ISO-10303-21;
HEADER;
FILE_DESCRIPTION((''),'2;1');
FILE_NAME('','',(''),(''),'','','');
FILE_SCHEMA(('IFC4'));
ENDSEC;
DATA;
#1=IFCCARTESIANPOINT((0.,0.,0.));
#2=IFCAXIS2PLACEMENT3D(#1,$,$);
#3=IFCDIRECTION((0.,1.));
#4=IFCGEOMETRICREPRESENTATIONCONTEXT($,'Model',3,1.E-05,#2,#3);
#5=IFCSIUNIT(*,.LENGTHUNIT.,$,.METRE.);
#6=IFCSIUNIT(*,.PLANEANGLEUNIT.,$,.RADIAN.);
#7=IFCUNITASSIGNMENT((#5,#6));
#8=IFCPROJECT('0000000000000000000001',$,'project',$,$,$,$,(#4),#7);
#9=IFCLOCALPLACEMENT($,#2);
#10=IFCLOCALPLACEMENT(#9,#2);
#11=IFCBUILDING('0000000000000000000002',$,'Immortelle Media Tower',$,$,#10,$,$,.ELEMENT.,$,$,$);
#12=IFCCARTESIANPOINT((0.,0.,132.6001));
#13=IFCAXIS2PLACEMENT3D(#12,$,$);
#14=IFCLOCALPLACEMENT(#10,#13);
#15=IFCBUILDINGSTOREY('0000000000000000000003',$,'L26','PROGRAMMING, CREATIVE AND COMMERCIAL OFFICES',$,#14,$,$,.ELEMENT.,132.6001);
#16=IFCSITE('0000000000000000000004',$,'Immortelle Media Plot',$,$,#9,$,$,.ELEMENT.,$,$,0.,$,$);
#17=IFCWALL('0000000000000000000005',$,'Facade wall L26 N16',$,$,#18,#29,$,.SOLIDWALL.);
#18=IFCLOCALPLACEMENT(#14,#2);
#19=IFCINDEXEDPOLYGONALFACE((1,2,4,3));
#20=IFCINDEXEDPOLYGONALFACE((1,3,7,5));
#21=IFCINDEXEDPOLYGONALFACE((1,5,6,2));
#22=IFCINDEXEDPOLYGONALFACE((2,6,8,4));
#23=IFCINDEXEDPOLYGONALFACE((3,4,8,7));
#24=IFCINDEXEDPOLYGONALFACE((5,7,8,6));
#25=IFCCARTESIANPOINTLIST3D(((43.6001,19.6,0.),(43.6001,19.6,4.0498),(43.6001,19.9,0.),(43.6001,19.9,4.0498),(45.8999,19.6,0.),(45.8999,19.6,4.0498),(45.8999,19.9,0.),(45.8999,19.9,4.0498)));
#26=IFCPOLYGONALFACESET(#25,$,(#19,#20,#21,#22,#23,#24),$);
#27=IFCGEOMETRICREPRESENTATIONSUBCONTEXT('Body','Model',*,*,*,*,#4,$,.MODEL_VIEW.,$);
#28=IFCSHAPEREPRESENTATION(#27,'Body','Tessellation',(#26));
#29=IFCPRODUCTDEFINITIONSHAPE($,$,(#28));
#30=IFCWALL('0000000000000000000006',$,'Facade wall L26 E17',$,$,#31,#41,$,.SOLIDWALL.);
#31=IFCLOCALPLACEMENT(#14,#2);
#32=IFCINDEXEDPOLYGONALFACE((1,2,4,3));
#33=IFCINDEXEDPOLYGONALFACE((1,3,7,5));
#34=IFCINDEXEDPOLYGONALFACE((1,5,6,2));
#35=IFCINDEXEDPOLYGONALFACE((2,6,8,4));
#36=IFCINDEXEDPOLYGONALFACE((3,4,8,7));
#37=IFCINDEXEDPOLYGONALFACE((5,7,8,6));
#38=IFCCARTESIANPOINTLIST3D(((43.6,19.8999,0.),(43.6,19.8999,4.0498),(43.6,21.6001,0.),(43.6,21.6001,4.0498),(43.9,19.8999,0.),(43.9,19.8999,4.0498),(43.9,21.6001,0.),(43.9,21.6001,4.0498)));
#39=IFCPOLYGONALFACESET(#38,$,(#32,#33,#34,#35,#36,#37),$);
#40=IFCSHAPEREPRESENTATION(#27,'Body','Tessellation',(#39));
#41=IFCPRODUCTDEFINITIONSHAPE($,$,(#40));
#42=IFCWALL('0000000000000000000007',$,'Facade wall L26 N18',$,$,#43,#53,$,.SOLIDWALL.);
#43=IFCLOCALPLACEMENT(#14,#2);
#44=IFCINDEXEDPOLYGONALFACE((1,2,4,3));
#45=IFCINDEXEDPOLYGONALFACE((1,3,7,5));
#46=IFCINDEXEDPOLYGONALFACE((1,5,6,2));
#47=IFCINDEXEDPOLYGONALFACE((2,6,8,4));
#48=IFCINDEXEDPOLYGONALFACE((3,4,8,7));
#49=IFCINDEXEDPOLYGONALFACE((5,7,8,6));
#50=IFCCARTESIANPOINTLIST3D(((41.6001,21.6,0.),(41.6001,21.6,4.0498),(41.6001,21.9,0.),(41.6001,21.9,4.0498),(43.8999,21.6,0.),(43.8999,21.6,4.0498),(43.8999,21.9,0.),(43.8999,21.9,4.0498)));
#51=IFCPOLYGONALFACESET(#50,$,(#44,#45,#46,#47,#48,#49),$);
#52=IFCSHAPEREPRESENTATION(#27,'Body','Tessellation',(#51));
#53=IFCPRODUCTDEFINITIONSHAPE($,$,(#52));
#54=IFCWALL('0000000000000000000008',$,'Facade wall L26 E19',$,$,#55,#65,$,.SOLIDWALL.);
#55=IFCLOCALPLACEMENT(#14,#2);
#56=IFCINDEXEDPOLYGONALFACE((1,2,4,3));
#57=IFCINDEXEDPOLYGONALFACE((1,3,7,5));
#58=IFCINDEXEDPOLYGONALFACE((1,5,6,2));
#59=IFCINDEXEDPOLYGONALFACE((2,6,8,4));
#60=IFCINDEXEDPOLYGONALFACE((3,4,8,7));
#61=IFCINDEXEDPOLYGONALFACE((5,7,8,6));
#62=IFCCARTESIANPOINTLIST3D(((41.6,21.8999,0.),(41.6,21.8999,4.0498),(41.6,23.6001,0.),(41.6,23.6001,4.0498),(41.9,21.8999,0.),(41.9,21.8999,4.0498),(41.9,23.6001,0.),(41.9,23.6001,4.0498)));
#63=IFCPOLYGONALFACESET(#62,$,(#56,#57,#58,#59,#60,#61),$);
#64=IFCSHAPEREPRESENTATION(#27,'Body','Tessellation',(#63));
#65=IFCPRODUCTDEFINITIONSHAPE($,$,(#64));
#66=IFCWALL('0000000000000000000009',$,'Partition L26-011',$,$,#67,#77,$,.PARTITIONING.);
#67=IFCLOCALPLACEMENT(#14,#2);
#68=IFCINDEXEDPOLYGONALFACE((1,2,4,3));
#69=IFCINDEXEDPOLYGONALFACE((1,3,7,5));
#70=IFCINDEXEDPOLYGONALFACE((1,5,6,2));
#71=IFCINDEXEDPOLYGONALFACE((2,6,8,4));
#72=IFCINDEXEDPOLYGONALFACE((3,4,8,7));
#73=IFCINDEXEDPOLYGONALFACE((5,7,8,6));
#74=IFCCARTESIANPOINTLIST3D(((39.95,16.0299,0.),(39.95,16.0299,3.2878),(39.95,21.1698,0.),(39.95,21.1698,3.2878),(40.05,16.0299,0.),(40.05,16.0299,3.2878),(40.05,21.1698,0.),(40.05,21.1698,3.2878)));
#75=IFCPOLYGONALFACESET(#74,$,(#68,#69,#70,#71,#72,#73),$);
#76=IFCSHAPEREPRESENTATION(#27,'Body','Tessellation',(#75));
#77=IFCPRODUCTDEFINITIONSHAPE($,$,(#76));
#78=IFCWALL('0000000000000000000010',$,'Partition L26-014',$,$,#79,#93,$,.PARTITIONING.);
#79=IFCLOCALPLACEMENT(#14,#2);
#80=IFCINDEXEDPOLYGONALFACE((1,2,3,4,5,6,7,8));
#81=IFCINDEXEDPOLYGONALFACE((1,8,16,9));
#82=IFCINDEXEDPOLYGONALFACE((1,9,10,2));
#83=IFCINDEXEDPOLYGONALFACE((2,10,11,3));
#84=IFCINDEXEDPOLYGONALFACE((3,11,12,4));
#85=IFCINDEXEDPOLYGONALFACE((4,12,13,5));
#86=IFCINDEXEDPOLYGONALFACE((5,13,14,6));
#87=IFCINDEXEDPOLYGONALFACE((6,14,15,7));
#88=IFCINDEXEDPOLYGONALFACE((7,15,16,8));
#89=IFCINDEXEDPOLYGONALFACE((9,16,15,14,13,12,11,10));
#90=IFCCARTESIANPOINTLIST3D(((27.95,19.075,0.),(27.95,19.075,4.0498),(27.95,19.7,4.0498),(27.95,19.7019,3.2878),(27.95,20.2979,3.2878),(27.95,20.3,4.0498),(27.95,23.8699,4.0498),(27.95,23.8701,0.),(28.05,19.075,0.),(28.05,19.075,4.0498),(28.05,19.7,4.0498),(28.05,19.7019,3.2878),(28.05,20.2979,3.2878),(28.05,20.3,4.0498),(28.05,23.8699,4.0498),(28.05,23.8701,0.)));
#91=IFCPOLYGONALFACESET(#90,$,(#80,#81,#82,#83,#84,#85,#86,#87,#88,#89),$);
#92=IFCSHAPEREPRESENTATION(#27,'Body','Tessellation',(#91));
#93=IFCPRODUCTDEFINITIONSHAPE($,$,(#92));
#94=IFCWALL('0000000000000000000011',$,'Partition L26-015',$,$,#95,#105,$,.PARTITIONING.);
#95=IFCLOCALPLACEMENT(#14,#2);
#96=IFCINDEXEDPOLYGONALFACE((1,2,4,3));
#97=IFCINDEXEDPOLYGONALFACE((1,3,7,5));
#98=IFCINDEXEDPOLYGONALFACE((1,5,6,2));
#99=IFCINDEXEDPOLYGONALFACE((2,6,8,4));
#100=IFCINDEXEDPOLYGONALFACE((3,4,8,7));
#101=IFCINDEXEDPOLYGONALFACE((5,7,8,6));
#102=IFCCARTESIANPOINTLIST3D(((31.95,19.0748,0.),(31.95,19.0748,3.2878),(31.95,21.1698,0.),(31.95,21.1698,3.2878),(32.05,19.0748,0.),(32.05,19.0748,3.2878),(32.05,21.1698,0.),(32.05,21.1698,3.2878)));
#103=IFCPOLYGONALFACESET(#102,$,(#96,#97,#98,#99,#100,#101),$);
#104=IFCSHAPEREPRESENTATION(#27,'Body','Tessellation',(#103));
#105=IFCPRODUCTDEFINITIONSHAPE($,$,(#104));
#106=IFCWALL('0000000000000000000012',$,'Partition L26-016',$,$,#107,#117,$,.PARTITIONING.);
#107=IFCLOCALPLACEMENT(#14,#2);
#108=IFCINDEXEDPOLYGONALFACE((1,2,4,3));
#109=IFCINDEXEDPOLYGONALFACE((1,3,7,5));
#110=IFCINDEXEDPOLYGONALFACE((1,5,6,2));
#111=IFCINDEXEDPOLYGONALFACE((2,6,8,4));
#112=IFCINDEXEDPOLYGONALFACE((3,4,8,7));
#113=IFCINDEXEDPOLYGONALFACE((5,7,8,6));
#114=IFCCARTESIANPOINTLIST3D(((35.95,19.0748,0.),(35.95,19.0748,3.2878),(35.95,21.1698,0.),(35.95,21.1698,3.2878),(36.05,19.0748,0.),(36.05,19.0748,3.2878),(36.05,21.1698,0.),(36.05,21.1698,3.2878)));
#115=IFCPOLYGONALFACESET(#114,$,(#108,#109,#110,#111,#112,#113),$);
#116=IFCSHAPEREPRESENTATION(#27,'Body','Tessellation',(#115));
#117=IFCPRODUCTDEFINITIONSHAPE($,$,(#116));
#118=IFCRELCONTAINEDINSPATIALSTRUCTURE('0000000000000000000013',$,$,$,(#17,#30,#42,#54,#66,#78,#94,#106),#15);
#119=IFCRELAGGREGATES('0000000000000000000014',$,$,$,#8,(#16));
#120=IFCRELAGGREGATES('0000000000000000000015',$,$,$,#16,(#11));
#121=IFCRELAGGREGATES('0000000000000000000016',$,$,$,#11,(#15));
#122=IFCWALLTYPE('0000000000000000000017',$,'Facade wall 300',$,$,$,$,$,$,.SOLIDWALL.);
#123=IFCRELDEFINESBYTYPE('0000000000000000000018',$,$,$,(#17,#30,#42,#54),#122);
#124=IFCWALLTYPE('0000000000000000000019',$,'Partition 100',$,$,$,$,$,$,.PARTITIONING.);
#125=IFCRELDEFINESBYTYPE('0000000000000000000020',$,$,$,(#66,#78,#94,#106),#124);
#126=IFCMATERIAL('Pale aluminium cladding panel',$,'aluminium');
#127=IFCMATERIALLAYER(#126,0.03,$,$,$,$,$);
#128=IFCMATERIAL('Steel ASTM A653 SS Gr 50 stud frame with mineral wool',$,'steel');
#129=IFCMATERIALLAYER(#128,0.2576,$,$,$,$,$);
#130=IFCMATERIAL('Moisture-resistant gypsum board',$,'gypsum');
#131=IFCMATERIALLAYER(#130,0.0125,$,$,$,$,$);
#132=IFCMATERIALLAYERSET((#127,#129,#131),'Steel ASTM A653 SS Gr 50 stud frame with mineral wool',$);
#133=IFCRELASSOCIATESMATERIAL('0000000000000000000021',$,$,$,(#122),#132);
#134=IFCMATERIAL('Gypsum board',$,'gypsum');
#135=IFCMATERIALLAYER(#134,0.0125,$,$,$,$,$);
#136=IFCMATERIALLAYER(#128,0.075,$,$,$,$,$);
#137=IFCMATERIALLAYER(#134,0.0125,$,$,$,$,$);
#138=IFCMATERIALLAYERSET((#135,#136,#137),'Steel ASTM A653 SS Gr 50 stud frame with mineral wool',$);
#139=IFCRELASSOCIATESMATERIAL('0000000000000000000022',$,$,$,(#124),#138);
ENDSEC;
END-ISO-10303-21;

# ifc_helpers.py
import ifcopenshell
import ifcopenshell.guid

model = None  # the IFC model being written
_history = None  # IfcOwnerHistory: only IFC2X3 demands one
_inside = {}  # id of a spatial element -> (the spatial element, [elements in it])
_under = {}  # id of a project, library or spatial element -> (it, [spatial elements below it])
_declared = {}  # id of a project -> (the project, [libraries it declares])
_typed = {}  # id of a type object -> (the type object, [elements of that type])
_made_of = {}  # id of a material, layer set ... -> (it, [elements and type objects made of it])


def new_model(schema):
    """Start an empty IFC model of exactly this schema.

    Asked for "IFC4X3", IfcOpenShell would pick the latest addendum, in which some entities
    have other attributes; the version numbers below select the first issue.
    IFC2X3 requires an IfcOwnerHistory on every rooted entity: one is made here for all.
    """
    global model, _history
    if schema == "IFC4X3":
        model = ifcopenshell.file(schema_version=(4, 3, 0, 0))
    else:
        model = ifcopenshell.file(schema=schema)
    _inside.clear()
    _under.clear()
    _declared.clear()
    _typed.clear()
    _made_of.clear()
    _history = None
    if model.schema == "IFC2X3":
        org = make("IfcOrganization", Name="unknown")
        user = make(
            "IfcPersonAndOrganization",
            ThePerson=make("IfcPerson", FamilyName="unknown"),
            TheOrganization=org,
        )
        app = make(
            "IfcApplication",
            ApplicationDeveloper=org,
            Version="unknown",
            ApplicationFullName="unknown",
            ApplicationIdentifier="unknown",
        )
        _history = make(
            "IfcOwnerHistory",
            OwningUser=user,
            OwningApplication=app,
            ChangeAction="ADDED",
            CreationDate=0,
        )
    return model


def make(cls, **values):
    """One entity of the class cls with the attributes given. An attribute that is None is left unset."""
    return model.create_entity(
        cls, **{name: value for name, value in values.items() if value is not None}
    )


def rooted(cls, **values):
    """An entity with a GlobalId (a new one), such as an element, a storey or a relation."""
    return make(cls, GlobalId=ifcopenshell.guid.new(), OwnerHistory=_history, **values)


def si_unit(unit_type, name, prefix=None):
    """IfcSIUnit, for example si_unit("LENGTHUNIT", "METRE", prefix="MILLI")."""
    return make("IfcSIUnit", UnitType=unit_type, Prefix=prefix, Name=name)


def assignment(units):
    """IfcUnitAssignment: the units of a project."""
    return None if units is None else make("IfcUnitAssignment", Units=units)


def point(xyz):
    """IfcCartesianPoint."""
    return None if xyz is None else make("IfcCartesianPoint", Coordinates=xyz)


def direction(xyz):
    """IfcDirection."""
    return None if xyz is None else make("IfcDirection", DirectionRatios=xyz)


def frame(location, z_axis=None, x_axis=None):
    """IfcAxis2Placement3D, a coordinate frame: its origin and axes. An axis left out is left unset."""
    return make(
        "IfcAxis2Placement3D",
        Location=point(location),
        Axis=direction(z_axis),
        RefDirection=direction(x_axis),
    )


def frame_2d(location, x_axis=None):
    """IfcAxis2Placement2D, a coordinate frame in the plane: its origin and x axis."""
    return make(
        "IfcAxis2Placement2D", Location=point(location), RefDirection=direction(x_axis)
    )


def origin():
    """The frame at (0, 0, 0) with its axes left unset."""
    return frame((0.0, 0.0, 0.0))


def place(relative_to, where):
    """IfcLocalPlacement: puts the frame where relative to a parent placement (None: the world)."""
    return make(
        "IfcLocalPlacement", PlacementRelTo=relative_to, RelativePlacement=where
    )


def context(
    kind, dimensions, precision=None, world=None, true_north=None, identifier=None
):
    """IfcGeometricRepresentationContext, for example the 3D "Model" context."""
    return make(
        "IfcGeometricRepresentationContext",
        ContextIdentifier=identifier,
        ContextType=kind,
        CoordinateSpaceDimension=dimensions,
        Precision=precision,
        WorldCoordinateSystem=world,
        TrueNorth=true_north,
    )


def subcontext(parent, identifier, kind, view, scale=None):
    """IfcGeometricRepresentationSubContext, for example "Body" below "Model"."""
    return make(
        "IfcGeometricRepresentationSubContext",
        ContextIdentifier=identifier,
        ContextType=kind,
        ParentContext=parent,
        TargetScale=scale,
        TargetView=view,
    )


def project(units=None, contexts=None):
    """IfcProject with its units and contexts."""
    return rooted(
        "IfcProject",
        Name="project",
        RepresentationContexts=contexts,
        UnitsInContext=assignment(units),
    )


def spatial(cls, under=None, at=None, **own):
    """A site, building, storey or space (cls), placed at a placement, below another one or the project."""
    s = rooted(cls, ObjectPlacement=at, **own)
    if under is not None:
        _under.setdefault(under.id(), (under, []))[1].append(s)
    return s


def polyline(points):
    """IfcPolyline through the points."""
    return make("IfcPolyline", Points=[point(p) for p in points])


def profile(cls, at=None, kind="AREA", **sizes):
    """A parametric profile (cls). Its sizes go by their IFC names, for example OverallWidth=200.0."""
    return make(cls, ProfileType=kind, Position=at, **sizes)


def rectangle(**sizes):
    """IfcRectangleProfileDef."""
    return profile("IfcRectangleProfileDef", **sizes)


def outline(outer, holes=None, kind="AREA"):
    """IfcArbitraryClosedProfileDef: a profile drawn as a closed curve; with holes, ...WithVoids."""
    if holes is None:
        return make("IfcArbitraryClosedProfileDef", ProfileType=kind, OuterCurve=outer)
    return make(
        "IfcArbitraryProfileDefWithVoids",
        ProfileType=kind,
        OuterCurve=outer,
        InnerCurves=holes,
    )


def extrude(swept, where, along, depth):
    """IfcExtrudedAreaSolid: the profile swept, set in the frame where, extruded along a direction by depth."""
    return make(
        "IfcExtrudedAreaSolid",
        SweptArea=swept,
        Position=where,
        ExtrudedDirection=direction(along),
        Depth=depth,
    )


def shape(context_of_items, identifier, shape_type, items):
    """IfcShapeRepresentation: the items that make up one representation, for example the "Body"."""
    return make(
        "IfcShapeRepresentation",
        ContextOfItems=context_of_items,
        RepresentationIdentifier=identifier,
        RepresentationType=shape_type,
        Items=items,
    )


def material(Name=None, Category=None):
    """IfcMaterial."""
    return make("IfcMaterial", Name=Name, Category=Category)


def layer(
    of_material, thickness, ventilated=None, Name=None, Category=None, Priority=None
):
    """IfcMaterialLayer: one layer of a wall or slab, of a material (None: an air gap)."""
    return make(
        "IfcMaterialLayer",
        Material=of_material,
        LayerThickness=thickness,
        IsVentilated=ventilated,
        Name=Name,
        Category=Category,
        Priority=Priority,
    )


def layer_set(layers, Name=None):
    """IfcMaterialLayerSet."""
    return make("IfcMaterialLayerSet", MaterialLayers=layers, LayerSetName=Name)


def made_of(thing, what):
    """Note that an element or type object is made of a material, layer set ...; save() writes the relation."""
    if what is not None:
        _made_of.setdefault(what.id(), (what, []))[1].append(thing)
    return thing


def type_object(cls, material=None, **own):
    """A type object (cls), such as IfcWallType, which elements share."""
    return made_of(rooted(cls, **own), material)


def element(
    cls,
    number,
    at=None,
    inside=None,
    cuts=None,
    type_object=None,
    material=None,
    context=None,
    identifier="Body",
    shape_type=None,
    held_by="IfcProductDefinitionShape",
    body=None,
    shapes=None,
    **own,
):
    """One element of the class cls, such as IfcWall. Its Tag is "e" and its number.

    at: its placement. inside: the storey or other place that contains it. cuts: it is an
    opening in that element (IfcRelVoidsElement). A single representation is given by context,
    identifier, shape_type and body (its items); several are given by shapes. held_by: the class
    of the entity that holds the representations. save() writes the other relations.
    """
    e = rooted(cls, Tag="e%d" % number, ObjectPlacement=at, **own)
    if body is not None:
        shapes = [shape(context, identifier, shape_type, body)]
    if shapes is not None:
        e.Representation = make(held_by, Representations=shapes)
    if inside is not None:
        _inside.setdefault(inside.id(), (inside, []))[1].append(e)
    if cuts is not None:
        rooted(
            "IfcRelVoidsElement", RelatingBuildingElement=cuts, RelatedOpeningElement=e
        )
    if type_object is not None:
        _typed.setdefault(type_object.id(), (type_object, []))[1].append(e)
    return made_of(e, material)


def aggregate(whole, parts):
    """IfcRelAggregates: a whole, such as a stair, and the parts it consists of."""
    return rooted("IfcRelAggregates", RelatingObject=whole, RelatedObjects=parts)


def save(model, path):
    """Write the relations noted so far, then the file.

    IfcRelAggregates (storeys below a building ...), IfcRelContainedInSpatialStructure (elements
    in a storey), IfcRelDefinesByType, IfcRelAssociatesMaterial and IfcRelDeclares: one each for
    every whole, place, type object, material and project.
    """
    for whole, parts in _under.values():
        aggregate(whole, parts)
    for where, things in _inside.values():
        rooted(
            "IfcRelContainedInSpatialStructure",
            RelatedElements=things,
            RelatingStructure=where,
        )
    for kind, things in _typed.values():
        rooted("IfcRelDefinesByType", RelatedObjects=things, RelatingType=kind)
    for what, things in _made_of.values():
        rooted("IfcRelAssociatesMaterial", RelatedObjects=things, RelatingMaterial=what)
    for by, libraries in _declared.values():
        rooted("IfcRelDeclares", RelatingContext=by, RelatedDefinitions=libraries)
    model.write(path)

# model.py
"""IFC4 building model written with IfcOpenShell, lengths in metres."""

from ifc_helpers import new_model, si_unit, direction, frame, frame_2d, origin, place, context, subcontext, project, spatial, polyline, rectangle, outline, extrude, material, layer, layer_set, type_object, element, save


model = new_model("IFC4")

# Units and contexts
model_context = context("Model", 3, precision=1e-05, world=origin(), true_north=direction((0.0, 1.0)))
body_context = subcontext(model_context, "Body", "Model", "MODEL_VIEW")
ifc_project = project(units=[si_unit("LENGTHUNIT", "METRE"), si_unit("PLANEANGLEUNIT", "RADIAN")], contexts=[model_context])

# Site, building, storey
site_placement = place(None, origin())
site = spatial("IfcSite", under=ifc_project, at=site_placement, Name="Immortelle Media Plot", CompositionType="ELEMENT", RefElevation=0.0)
building_placement = place(site_placement, origin())
building = spatial("IfcBuilding", under=site, at=building_placement, Name="Immortelle Media Tower", CompositionType="ELEMENT")
storey_placement = place(building_placement, frame((0.0, 0.0, 132.6001)))
storey = spatial("IfcBuildingStorey", under=building, at=storey_placement, Name="L26", Description="PROGRAMMING, CREATIVE AND COMMERCIAL OFFICES", CompositionType="ELEMENT", Elevation=132.6001)

# Shared definitions
ifc_material_1 = material(Name="Steel ASTM A653 SS Gr 50 stud frame with mineral wool", Category="steel")

# Walls
ifc_material_2 = material(Name="Pale aluminium cladding panel", Category="aluminium")
ifc_layer_1 = layer(ifc_material_2, 0.03)
ifc_layer_2 = layer(ifc_material_1, 0.2576)
ifc_material_3 = material(Name="Moisture-resistant gypsum board", Category="gypsum")
ifc_layer_3 = layer(ifc_material_3, 0.0125)
ifc_layer_set_1 = layer_set([ifc_layer_1, ifc_layer_2, ifc_layer_3], Name="Steel ASTM A653 SS Gr 50 stud frame with mineral wool")
wall_type_1 = type_object("IfcWallType", Name="Facade wall 300", PredefinedType="SOLIDWALL", material=ifc_layer_set_1)
wall_1_placement = place(storey_placement, frame((45.8999, 19.75, 0.0), z_axis=(0.0, 0.0, 1.0), x_axis=(-1.0, 0.0, 0.0)))
element("IfcWall", 1, at=wall_1_placement, inside=storey, type_object=wall_type_1, Name="Facade wall L26 N16", PredefinedType="SOLIDWALL", context=body_context, shape_type="SweptSolid", body=[
    extrude(rectangle(XDim=2.2998, YDim=0.3, at=frame_2d((1.1499, 0.0))), origin(), (0.0, 0.0, 1.0), 4.0498),
])
wall_2_placement = place(storey_placement, frame((43.75, 19.8999, 0.0), z_axis=(0.0, 0.0, 1.0), x_axis=(0.0, 1.0, 0.0)))
element("IfcWall", 2, at=wall_2_placement, inside=storey, type_object=wall_type_1, Name="Facade wall L26 E17", PredefinedType="SOLIDWALL", context=body_context, shape_type="SweptSolid", body=[
    extrude(rectangle(XDim=1.7002, YDim=0.3, at=frame_2d((0.8501, 0.0))), origin(), (0.0, 0.0, 1.0), 4.0498),
])
wall_3_placement = place(storey_placement, frame((43.8999, 21.75, 0.0), z_axis=(0.0, 0.0, 1.0), x_axis=(-1.0, 0.0, 0.0)))
element("IfcWall", 3, at=wall_3_placement, inside=storey, type_object=wall_type_1, Name="Facade wall L26 N18", PredefinedType="SOLIDWALL", context=body_context, shape_type="SweptSolid", body=[
    extrude(rectangle(XDim=2.2998, YDim=0.3, at=frame_2d((1.1499, 0.0))), origin(), (0.0, 0.0, 1.0), 4.0498),
])
wall_4_placement = place(storey_placement, frame((41.75, 21.8999, 0.0), z_axis=(0.0, 0.0, 1.0), x_axis=(0.0, 1.0, 0.0)))
element("IfcWall", 4, at=wall_4_placement, inside=storey, type_object=wall_type_1, Name="Facade wall L26 E19", PredefinedType="SOLIDWALL", context=body_context, shape_type="SweptSolid", body=[
    extrude(rectangle(XDim=1.7002, YDim=0.3, at=frame_2d((0.8501, 0.0))), origin(), (0.0, 0.0, 1.0), 4.0498),
])

# Walls
ifc_material_4 = material(Name="Gypsum board", Category="gypsum")
ifc_layer_4 = layer(ifc_material_4, 0.0125)
ifc_layer_5 = layer(ifc_material_1, 0.075)
ifc_layer_6 = layer(ifc_material_4, 0.0125)
ifc_layer_set_2 = layer_set([ifc_layer_4, ifc_layer_5, ifc_layer_6], Name="Steel ASTM A653 SS Gr 50 stud frame with mineral wool")
wall_type_2 = type_object("IfcWallType", Name="Partition 100", PredefinedType="PARTITIONING", material=ifc_layer_set_2)
wall_5_placement = place(storey_placement, frame((40.0, 16.03, 0.0), z_axis=(0.0, 0.0, 1.0), x_axis=(0.0, 1.0, 0.0)))
element("IfcWall", 5, at=wall_5_placement, inside=storey, type_object=wall_type_2, Name="Partition L26-011", PredefinedType="PARTITIONING", context=body_context, shape_type="SweptSolid", body=[
    extrude(rectangle(XDim=5.1399, YDim=0.1001, at=frame_2d((2.5698, 0.0))), origin(), (0.0, 0.0, 1.0), 3.2878),
])
wall_6_placement = place(storey_placement, frame((28.0, 19.075, 0.0), z_axis=(0.0, 0.0, 1.0), x_axis=(0.0, 1.0, 0.0)))
element("IfcWall", 6, at=wall_6_placement, inside=storey, type_object=wall_type_2, Name="Partition L26-014", PredefinedType="PARTITIONING", context=body_context, shape_type="SweptSolid", body=[
    extrude(outline(polyline([(0.0, 0.0), (4.7952, 0.0), (4.7949, 4.0498), (1.2251, 4.0498), (1.2229, 3.2878), (0.627, 3.2878), (0.625, 4.0498), (0.0, 4.0498), (0.0, 0.0)])), frame((0.0, 0.05, 0.0), z_axis=(0.0, -1.0, 0.0), x_axis=(1.0, 0.0, 0.0)), (0.0, 0.0, 1.0), 0.1001),
])
for number, where, z_axis, x_axis, name in (
    (7, (32.0, 19.075, 0.0), (0.0, 0.0, 1.0), (0.0, 1.0, 0.0), "Partition L26-015"),
    (8, (36.0, 19.075, 0.0), (0.0, 0.0, 1.0), (0.0, 1.0, 0.0), "Partition L26-016"),
):
    element("IfcWall", number, at=place(storey_placement, frame(where, z_axis=z_axis, x_axis=x_axis)), inside=storey, type_object=wall_type_2, Name=name, PredefinedType="PARTITIONING", context=body_context, shape_type="SweptSolid", body=[
        extrude(rectangle(XDim=2.095, YDim=0.1001, at=frame_2d((1.0474, 0.0))), origin(), (0.0, 0.0, 1.0), 3.2878),
    ])

save(model, "model.ifc")
